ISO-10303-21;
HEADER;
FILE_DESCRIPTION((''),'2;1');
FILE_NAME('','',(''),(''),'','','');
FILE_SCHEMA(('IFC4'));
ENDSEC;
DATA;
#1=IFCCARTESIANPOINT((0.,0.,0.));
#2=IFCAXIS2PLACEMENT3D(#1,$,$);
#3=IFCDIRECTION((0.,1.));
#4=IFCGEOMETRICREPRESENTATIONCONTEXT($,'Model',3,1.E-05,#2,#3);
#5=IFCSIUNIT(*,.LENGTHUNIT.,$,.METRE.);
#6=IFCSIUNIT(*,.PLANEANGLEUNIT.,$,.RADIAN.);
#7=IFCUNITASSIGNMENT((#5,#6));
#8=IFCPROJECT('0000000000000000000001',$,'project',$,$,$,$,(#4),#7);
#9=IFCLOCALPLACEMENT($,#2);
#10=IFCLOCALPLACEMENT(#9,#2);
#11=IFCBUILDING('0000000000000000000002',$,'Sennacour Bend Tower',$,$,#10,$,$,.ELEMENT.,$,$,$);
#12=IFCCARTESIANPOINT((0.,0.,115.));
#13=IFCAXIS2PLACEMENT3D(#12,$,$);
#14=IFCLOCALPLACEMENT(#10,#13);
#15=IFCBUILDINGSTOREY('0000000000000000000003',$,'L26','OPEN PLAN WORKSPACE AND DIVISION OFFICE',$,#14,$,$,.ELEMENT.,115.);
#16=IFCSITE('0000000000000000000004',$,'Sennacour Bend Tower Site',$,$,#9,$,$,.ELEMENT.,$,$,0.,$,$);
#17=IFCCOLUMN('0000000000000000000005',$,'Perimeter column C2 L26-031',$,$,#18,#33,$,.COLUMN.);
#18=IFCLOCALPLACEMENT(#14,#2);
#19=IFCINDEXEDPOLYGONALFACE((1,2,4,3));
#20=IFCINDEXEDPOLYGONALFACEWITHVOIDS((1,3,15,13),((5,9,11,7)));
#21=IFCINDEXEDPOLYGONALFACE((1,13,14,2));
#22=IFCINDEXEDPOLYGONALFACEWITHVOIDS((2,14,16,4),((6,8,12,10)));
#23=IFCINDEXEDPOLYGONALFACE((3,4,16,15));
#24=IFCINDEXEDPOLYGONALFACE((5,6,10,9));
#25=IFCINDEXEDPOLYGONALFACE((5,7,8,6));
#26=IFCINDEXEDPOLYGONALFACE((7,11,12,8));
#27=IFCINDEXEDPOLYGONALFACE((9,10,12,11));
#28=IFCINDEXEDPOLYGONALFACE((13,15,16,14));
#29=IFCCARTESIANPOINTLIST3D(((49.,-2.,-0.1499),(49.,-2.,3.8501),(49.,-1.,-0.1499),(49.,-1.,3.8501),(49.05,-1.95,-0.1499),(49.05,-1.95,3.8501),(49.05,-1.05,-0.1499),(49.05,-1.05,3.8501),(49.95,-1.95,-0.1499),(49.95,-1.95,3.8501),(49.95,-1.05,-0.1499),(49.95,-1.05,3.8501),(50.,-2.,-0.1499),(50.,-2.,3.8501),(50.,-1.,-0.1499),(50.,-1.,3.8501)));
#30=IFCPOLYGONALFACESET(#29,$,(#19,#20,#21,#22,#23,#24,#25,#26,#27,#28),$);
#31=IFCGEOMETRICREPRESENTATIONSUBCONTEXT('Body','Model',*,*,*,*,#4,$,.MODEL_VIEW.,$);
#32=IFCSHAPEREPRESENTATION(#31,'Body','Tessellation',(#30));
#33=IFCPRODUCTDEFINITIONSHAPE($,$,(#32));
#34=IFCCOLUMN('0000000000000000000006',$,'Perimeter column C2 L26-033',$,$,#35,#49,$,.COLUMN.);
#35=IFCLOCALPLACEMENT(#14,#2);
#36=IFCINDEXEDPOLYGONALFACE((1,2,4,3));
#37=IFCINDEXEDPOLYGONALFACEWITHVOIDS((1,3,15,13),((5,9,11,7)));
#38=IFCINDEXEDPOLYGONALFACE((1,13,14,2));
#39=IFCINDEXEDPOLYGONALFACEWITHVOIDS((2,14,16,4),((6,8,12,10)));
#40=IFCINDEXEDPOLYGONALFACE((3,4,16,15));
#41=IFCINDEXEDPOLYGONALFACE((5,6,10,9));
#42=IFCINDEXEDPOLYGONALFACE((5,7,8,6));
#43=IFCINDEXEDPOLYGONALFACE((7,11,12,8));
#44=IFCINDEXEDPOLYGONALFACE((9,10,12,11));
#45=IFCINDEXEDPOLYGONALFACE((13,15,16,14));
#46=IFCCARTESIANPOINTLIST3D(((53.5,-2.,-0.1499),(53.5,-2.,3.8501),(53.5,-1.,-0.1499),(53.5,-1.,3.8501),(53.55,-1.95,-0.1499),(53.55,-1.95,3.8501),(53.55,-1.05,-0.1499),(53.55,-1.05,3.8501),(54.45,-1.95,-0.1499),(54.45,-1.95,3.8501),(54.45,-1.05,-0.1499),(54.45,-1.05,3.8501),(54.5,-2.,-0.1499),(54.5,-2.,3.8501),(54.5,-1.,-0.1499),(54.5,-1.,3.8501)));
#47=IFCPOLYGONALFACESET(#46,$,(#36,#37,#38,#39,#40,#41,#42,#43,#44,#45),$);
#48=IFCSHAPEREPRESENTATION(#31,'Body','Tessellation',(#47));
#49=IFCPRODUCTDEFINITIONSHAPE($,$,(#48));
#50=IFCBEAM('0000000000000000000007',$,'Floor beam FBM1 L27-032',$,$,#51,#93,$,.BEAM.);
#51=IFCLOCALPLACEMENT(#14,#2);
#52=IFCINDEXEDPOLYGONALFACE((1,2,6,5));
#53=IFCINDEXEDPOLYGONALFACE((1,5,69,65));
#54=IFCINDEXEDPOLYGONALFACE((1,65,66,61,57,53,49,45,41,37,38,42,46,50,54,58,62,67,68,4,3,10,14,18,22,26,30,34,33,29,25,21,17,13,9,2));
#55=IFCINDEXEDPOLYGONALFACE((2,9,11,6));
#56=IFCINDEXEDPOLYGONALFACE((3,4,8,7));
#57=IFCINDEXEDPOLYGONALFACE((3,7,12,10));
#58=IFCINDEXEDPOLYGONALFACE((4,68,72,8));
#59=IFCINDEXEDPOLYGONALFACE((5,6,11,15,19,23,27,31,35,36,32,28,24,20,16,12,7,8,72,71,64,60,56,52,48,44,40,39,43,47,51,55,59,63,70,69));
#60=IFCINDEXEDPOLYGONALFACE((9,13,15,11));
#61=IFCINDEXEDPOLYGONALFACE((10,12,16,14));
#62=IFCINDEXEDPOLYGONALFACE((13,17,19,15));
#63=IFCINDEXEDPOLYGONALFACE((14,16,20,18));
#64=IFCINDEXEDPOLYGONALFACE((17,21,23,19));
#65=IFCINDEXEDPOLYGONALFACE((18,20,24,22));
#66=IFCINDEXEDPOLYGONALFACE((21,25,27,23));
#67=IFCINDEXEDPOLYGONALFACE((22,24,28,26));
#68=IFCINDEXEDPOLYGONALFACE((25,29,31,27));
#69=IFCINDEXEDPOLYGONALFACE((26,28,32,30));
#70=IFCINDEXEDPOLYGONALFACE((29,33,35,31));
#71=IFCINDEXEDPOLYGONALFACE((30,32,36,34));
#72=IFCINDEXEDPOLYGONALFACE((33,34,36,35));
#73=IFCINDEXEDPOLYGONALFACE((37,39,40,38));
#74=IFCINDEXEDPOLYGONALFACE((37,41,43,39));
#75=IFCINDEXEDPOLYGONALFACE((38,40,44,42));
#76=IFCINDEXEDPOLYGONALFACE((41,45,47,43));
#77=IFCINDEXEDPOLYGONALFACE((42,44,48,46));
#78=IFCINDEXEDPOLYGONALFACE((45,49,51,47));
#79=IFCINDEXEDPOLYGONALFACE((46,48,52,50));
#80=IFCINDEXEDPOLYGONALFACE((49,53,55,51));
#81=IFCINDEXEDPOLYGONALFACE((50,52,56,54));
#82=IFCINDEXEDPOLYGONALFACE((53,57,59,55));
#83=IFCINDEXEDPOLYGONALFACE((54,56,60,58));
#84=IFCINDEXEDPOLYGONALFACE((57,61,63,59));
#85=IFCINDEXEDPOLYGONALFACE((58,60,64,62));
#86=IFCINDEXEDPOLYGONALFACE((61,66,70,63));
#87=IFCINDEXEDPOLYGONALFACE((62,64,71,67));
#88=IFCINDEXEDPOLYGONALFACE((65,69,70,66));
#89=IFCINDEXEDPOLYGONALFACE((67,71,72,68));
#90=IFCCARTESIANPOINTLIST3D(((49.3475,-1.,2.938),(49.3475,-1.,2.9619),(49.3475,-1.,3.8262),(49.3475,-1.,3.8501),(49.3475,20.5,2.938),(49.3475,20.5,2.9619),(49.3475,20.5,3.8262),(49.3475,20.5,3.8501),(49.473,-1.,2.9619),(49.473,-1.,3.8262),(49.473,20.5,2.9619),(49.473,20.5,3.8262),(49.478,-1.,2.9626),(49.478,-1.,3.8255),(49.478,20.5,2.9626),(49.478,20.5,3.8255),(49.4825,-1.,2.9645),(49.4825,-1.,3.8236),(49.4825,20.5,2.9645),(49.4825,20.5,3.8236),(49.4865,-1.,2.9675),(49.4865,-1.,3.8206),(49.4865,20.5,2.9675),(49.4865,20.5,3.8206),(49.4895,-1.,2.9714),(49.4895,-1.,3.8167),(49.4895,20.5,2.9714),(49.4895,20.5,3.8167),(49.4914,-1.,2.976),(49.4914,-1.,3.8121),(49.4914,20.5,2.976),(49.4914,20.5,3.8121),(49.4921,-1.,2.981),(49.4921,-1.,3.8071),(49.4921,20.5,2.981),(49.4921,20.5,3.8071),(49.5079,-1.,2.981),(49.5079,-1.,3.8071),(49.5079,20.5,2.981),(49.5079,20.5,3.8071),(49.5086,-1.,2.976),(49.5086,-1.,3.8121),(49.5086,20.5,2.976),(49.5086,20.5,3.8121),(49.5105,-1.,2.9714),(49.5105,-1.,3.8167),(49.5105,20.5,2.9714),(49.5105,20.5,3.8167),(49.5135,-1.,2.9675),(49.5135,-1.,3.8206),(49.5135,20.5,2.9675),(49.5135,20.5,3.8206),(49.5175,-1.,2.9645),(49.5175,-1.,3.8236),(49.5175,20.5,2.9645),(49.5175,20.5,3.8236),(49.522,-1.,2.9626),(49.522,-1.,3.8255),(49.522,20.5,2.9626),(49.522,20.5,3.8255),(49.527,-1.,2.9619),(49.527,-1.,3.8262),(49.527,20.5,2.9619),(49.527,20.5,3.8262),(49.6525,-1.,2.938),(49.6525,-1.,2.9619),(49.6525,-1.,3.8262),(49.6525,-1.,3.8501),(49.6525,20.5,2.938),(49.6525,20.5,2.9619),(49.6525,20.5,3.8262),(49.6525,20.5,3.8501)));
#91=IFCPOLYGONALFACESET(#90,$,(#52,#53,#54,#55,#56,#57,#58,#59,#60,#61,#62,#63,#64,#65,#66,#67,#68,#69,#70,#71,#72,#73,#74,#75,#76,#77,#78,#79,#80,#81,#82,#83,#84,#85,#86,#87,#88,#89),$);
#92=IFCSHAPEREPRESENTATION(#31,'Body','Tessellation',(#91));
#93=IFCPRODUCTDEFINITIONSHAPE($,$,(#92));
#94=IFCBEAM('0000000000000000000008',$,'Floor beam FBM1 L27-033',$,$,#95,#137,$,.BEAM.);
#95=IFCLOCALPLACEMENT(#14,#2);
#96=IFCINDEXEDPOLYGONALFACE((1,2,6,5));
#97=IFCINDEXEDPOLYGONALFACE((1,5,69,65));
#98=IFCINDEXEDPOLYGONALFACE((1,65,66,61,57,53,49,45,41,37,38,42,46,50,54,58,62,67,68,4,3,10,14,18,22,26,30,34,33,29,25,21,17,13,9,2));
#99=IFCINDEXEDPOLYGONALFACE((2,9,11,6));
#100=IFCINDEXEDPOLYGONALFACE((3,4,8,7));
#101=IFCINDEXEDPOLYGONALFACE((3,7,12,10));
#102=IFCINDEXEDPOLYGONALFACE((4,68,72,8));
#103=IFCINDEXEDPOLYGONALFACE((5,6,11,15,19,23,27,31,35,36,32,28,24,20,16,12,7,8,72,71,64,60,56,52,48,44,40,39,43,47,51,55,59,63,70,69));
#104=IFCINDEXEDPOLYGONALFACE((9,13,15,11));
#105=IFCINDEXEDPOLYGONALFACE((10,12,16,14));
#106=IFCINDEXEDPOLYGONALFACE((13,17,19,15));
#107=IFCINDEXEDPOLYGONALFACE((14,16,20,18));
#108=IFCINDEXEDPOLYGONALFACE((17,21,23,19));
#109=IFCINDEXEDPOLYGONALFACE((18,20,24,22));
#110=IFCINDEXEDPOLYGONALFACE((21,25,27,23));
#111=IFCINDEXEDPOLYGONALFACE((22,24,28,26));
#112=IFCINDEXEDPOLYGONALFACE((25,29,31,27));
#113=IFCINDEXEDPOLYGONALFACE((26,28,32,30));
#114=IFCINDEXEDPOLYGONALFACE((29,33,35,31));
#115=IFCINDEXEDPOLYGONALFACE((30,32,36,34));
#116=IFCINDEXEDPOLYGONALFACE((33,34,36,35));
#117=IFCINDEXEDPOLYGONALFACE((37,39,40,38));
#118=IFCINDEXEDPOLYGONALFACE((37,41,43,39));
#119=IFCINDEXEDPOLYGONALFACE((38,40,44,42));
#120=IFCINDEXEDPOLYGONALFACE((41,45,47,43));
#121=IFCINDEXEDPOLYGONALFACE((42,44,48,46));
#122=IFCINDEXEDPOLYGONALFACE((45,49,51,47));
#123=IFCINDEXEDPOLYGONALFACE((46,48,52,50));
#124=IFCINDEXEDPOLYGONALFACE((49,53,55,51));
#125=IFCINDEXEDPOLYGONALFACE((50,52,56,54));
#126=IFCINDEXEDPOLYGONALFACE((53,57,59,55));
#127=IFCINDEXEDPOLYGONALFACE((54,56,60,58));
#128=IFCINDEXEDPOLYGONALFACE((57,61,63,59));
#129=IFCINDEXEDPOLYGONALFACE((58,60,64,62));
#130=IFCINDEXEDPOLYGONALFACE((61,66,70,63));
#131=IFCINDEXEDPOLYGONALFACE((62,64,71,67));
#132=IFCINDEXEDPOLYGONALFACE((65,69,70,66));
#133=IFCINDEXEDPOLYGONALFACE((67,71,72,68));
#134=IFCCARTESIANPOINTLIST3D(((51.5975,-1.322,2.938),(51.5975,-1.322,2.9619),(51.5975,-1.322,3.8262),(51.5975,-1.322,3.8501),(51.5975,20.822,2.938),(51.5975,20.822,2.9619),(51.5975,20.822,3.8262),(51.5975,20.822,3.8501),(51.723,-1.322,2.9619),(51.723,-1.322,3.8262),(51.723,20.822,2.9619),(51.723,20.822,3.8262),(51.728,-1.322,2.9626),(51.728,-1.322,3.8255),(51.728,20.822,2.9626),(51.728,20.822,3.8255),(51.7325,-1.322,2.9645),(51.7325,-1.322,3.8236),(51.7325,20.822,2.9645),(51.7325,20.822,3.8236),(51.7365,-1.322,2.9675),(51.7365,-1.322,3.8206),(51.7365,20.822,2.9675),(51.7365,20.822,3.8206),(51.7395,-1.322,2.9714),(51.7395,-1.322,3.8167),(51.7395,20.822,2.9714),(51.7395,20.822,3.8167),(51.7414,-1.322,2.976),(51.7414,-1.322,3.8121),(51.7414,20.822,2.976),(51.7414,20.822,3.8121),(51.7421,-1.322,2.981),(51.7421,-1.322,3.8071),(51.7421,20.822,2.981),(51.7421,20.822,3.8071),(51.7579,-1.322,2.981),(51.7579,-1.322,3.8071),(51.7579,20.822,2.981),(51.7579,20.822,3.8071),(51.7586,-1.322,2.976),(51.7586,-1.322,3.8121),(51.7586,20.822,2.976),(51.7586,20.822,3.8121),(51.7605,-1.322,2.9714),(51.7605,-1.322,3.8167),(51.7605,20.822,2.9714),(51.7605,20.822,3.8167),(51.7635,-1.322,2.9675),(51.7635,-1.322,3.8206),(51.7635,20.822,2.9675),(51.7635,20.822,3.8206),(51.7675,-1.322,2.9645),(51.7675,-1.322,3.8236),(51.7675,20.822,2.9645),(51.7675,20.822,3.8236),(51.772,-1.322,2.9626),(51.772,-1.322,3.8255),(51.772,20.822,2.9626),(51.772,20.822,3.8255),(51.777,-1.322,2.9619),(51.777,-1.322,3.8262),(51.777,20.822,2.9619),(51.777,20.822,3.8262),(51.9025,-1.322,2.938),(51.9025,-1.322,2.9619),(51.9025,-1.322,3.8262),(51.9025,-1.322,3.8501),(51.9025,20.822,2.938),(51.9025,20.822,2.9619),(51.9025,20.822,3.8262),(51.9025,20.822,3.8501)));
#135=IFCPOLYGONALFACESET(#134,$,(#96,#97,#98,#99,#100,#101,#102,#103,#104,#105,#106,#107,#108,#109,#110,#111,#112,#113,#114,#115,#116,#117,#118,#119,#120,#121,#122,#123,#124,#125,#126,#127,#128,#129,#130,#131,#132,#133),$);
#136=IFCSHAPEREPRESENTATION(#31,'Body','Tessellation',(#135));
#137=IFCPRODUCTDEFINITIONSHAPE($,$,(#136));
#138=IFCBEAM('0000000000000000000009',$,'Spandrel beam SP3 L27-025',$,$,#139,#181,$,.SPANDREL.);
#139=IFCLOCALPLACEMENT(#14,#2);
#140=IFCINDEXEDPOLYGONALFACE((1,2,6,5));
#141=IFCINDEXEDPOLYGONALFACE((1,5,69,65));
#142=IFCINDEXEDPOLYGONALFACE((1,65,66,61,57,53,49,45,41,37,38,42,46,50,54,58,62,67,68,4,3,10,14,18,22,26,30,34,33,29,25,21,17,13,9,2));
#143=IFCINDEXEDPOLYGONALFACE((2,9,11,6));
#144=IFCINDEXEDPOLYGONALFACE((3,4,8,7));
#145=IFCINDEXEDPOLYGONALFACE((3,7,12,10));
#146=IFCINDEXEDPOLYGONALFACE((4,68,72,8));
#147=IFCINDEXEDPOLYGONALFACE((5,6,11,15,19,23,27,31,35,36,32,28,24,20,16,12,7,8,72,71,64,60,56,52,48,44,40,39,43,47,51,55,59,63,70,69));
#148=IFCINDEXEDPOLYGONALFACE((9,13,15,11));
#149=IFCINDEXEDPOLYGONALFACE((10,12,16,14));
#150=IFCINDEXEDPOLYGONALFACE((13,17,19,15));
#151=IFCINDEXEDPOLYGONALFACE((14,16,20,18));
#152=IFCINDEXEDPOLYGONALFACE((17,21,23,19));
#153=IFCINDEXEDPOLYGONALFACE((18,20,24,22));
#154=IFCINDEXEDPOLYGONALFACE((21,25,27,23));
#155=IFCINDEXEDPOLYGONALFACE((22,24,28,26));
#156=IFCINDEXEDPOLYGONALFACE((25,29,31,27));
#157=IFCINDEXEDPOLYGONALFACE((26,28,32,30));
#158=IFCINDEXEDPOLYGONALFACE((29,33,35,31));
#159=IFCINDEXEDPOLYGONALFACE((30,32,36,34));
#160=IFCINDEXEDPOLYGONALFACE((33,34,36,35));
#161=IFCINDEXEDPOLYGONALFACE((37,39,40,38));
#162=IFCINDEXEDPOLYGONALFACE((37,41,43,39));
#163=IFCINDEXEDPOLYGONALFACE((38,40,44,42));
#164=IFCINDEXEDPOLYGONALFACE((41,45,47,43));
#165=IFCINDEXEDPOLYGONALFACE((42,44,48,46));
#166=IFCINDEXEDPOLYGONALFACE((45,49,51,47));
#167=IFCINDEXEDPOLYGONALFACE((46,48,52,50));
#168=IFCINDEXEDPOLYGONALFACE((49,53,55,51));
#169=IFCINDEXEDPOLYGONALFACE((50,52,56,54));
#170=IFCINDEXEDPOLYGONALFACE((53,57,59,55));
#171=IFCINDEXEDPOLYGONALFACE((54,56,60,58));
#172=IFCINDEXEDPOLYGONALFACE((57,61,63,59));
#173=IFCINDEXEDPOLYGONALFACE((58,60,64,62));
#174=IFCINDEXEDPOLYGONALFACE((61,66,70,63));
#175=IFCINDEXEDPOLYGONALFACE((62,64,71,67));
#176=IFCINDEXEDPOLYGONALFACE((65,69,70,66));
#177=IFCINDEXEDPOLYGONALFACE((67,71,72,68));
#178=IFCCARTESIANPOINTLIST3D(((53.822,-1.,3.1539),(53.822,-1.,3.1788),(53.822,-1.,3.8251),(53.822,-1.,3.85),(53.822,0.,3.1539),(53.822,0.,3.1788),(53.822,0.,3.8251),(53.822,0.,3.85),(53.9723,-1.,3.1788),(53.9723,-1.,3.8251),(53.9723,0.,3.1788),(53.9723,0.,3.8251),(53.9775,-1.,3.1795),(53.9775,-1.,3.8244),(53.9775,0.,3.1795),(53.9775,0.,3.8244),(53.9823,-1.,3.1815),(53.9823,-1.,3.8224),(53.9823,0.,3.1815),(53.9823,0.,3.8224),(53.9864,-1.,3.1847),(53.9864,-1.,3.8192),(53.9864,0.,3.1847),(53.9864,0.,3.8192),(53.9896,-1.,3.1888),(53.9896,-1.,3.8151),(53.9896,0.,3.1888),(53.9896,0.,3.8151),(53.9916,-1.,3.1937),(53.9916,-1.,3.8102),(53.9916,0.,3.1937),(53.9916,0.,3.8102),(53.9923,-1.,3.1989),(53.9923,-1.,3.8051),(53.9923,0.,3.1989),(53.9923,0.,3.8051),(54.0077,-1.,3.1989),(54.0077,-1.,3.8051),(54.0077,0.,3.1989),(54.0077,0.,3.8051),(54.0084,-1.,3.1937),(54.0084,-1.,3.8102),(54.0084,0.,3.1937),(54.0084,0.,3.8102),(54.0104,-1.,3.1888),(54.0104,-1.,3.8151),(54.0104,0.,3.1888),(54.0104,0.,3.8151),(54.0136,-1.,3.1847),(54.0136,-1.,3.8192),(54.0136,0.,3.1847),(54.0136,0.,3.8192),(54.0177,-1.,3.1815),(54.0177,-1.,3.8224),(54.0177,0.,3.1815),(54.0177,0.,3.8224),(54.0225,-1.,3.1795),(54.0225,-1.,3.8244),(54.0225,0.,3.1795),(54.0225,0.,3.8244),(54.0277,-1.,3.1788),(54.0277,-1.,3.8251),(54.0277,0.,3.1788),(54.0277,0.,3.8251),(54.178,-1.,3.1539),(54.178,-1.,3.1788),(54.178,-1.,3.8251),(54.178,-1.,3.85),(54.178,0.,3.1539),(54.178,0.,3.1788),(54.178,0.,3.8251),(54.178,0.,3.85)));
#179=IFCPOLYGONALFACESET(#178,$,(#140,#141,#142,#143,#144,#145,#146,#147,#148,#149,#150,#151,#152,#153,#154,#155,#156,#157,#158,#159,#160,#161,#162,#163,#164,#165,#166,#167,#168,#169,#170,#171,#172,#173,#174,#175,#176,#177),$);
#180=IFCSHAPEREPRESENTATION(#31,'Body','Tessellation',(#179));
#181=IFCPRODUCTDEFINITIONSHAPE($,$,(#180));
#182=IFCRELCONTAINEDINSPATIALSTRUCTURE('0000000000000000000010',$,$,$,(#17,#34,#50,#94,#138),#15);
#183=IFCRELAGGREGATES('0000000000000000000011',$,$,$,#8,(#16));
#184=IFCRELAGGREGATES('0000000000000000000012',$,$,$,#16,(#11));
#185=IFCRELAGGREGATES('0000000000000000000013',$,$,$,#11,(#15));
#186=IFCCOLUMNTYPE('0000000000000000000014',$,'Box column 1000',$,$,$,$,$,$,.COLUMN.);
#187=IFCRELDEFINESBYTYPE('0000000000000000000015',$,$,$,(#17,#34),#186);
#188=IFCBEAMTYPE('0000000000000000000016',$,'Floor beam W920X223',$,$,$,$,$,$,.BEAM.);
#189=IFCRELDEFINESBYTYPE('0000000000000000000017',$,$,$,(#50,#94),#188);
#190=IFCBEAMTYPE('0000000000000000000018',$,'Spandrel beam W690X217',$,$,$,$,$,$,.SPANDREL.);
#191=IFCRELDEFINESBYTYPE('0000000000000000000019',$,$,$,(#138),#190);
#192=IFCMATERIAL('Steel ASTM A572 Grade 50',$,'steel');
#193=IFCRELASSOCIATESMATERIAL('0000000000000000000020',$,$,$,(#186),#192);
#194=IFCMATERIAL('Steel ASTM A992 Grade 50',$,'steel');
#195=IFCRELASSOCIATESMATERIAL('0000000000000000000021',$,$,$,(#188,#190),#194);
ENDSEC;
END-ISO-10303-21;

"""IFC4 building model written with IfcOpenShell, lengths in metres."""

from ifc_helpers import new_model, si_unit, direction, frame, origin, origin_2d, place, context, subcontext, project, spatial, hollow_rectangle, i_section, extrude, material, material_profile, profile_set, type_object, element, save


model = new_model("IFC4")

# Units and contexts
model_context = context("Model", 3, precision=1e-05, world=origin(), true_north=direction((0.0, 1.0)))
body_context = subcontext(model_context, "Body", "Model", "MODEL_VIEW")
ifc_project = project(units=[si_unit("LENGTHUNIT", "METRE"), si_unit("PLANEANGLEUNIT", "RADIAN")], contexts=[model_context])

# Site, building, storey
site_placement = place(None, origin())
site = spatial("IfcSite", under=ifc_project, at=site_placement, Name="Sennacour Bend Tower Site", CompositionType="ELEMENT", RefElevation=0.0)
building_placement = place(site_placement, origin())
building = spatial("IfcBuilding", under=site, at=building_placement, Name="Sennacour Bend Tower", CompositionType="ELEMENT")
storey_placement = place(building_placement, frame((0.0, 0.0, 115.0)))
storey = spatial("IfcBuildingStorey", under=building, at=storey_placement, Name="L26", Description="OPEN PLAN WORKSPACE AND DIVISION OFFICE", CompositionType="ELEMENT", Elevation=115.0)

# Columns
ifc_material_1 = material(Name="Steel ASTM A572 Grade 50", Category="steel")
ifc_material_profile_1 = material_profile(ifc_material_1, hollow_rectangle(XDim=1.0, YDim=1.0, WallThickness=0.05, at=origin_2d()), Name="Steel ASTM A572 Grade 50", Category="steel")
ifc_profile_set_1 = profile_set([ifc_material_profile_1], Name="Steel ASTM A572 Grade 50")
column_type = type_object("IfcColumnType", Name="Box column 1000", PredefinedType="COLUMN", material=ifc_profile_set_1)
for number, where, z_axis, x_axis, name in (
    (1, (49.5, -1.5, -0.1499), (0.0, 0.0, 1.0), (1.0, 0.0, 0.0), "Perimeter column C2 L26-031"),
    (2, (54.0, -1.5, -0.1499), (0.0, 0.0, 1.0), (1.0, 0.0, 0.0), "Perimeter column C2 L26-033"),
):
    element("IfcColumn", number, at=place(storey_placement, frame(where, z_axis=z_axis, x_axis=x_axis)), inside=storey, type_object=column_type, Name=name, PredefinedType="COLUMN", context=body_context, shape_type="SweptSolid", body=[
        extrude(hollow_rectangle(XDim=1.0, YDim=1.0, WallThickness=0.05, at=origin_2d()), origin(), (0.0, 0.0, 1.0), 4.0),
    ])

# Beams
ifc_material_2 = material(Name="Steel ASTM A992 Grade 50", Category="steel")
ifc_material_profile_2 = material_profile(ifc_material_2, i_section(OverallWidth=0.3049, OverallDepth=0.9121, WebThickness=0.0159, FlangeThickness=0.0239, FilletRadius=0.019, at=origin_2d()), Name="Steel ASTM A992 Grade 50", Category="steel")
ifc_profile_set_2 = profile_set([ifc_material_profile_2], Name="Steel ASTM A992 Grade 50")
beam_type_1 = type_object("IfcBeamType", Name="Floor beam W920X223", PredefinedType="BEAM", material=ifc_profile_set_2)
beam_1_placement = place(storey_placement, frame((49.5, -1.0, 3.394), z_axis=(0.0, 1.0, 0.0), x_axis=(-1.0, 0.0, 0.0)))
element("IfcBeam", 3, at=beam_1_placement, inside=storey, type_object=beam_type_1, Name="Floor beam FBM1 L27-032", PredefinedType="BEAM", context=body_context, shape_type="SweptSolid", body=[
    extrude(i_section(OverallWidth=0.3049, OverallDepth=0.9121, WebThickness=0.0159, FlangeThickness=0.0239, FilletRadius=0.019, at=origin_2d()), origin(), (0.0, 0.0, 1.0), 21.5),
])
beam_2_placement = place(storey_placement, frame((51.75, -1.322, 3.394), z_axis=(0.0, 1.0, 0.0), x_axis=(-1.0, 0.0, 0.0)))
element("IfcBeam", 4, at=beam_2_placement, inside=storey, type_object=beam_type_1, Name="Floor beam FBM1 L27-033", PredefinedType="BEAM", context=body_context, shape_type="SweptSolid", body=[
    extrude(i_section(OverallWidth=0.3049, OverallDepth=0.9121, WebThickness=0.0159, FlangeThickness=0.0239, FilletRadius=0.019, at=origin_2d()), origin(), (0.0, 0.0, 1.0), 22.144),
])
ifc_material_profile_3 = material_profile(ifc_material_2, i_section(OverallWidth=0.356, OverallDepth=0.696, WebThickness=0.0154, FlangeThickness=0.0249, FilletRadius=0.02, at=origin_2d()), Name="Steel ASTM A992 Grade 50", Category="steel")
ifc_profile_set_3 = profile_set([ifc_material_profile_3], Name="Steel ASTM A992 Grade 50")
beam_type_2 = type_object("IfcBeamType", Name="Spandrel beam W690X217", PredefinedType="SPANDREL", material=ifc_profile_set_3)
beam_3_placement = place(storey_placement, frame((54.0, 0.0, 3.502), z_axis=(0.0, -1.0, 0.0), x_axis=(1.0, 0.0, 0.0)))
element("IfcBeam", 5, at=beam_3_placement, inside=storey, type_object=beam_type_2, Name="Spandrel beam SP3 L27-025", PredefinedType="SPANDREL", context=body_context, shape_type="SweptSolid", body=[
    extrude(i_section(OverallWidth=0.356, OverallDepth=0.696, WebThickness=0.0154, FlangeThickness=0.0249, FilletRadius=0.02, at=origin_2d()), origin(), (0.0, 0.0, 1.0), 1.0),
])

save(model, "model.ifc")
